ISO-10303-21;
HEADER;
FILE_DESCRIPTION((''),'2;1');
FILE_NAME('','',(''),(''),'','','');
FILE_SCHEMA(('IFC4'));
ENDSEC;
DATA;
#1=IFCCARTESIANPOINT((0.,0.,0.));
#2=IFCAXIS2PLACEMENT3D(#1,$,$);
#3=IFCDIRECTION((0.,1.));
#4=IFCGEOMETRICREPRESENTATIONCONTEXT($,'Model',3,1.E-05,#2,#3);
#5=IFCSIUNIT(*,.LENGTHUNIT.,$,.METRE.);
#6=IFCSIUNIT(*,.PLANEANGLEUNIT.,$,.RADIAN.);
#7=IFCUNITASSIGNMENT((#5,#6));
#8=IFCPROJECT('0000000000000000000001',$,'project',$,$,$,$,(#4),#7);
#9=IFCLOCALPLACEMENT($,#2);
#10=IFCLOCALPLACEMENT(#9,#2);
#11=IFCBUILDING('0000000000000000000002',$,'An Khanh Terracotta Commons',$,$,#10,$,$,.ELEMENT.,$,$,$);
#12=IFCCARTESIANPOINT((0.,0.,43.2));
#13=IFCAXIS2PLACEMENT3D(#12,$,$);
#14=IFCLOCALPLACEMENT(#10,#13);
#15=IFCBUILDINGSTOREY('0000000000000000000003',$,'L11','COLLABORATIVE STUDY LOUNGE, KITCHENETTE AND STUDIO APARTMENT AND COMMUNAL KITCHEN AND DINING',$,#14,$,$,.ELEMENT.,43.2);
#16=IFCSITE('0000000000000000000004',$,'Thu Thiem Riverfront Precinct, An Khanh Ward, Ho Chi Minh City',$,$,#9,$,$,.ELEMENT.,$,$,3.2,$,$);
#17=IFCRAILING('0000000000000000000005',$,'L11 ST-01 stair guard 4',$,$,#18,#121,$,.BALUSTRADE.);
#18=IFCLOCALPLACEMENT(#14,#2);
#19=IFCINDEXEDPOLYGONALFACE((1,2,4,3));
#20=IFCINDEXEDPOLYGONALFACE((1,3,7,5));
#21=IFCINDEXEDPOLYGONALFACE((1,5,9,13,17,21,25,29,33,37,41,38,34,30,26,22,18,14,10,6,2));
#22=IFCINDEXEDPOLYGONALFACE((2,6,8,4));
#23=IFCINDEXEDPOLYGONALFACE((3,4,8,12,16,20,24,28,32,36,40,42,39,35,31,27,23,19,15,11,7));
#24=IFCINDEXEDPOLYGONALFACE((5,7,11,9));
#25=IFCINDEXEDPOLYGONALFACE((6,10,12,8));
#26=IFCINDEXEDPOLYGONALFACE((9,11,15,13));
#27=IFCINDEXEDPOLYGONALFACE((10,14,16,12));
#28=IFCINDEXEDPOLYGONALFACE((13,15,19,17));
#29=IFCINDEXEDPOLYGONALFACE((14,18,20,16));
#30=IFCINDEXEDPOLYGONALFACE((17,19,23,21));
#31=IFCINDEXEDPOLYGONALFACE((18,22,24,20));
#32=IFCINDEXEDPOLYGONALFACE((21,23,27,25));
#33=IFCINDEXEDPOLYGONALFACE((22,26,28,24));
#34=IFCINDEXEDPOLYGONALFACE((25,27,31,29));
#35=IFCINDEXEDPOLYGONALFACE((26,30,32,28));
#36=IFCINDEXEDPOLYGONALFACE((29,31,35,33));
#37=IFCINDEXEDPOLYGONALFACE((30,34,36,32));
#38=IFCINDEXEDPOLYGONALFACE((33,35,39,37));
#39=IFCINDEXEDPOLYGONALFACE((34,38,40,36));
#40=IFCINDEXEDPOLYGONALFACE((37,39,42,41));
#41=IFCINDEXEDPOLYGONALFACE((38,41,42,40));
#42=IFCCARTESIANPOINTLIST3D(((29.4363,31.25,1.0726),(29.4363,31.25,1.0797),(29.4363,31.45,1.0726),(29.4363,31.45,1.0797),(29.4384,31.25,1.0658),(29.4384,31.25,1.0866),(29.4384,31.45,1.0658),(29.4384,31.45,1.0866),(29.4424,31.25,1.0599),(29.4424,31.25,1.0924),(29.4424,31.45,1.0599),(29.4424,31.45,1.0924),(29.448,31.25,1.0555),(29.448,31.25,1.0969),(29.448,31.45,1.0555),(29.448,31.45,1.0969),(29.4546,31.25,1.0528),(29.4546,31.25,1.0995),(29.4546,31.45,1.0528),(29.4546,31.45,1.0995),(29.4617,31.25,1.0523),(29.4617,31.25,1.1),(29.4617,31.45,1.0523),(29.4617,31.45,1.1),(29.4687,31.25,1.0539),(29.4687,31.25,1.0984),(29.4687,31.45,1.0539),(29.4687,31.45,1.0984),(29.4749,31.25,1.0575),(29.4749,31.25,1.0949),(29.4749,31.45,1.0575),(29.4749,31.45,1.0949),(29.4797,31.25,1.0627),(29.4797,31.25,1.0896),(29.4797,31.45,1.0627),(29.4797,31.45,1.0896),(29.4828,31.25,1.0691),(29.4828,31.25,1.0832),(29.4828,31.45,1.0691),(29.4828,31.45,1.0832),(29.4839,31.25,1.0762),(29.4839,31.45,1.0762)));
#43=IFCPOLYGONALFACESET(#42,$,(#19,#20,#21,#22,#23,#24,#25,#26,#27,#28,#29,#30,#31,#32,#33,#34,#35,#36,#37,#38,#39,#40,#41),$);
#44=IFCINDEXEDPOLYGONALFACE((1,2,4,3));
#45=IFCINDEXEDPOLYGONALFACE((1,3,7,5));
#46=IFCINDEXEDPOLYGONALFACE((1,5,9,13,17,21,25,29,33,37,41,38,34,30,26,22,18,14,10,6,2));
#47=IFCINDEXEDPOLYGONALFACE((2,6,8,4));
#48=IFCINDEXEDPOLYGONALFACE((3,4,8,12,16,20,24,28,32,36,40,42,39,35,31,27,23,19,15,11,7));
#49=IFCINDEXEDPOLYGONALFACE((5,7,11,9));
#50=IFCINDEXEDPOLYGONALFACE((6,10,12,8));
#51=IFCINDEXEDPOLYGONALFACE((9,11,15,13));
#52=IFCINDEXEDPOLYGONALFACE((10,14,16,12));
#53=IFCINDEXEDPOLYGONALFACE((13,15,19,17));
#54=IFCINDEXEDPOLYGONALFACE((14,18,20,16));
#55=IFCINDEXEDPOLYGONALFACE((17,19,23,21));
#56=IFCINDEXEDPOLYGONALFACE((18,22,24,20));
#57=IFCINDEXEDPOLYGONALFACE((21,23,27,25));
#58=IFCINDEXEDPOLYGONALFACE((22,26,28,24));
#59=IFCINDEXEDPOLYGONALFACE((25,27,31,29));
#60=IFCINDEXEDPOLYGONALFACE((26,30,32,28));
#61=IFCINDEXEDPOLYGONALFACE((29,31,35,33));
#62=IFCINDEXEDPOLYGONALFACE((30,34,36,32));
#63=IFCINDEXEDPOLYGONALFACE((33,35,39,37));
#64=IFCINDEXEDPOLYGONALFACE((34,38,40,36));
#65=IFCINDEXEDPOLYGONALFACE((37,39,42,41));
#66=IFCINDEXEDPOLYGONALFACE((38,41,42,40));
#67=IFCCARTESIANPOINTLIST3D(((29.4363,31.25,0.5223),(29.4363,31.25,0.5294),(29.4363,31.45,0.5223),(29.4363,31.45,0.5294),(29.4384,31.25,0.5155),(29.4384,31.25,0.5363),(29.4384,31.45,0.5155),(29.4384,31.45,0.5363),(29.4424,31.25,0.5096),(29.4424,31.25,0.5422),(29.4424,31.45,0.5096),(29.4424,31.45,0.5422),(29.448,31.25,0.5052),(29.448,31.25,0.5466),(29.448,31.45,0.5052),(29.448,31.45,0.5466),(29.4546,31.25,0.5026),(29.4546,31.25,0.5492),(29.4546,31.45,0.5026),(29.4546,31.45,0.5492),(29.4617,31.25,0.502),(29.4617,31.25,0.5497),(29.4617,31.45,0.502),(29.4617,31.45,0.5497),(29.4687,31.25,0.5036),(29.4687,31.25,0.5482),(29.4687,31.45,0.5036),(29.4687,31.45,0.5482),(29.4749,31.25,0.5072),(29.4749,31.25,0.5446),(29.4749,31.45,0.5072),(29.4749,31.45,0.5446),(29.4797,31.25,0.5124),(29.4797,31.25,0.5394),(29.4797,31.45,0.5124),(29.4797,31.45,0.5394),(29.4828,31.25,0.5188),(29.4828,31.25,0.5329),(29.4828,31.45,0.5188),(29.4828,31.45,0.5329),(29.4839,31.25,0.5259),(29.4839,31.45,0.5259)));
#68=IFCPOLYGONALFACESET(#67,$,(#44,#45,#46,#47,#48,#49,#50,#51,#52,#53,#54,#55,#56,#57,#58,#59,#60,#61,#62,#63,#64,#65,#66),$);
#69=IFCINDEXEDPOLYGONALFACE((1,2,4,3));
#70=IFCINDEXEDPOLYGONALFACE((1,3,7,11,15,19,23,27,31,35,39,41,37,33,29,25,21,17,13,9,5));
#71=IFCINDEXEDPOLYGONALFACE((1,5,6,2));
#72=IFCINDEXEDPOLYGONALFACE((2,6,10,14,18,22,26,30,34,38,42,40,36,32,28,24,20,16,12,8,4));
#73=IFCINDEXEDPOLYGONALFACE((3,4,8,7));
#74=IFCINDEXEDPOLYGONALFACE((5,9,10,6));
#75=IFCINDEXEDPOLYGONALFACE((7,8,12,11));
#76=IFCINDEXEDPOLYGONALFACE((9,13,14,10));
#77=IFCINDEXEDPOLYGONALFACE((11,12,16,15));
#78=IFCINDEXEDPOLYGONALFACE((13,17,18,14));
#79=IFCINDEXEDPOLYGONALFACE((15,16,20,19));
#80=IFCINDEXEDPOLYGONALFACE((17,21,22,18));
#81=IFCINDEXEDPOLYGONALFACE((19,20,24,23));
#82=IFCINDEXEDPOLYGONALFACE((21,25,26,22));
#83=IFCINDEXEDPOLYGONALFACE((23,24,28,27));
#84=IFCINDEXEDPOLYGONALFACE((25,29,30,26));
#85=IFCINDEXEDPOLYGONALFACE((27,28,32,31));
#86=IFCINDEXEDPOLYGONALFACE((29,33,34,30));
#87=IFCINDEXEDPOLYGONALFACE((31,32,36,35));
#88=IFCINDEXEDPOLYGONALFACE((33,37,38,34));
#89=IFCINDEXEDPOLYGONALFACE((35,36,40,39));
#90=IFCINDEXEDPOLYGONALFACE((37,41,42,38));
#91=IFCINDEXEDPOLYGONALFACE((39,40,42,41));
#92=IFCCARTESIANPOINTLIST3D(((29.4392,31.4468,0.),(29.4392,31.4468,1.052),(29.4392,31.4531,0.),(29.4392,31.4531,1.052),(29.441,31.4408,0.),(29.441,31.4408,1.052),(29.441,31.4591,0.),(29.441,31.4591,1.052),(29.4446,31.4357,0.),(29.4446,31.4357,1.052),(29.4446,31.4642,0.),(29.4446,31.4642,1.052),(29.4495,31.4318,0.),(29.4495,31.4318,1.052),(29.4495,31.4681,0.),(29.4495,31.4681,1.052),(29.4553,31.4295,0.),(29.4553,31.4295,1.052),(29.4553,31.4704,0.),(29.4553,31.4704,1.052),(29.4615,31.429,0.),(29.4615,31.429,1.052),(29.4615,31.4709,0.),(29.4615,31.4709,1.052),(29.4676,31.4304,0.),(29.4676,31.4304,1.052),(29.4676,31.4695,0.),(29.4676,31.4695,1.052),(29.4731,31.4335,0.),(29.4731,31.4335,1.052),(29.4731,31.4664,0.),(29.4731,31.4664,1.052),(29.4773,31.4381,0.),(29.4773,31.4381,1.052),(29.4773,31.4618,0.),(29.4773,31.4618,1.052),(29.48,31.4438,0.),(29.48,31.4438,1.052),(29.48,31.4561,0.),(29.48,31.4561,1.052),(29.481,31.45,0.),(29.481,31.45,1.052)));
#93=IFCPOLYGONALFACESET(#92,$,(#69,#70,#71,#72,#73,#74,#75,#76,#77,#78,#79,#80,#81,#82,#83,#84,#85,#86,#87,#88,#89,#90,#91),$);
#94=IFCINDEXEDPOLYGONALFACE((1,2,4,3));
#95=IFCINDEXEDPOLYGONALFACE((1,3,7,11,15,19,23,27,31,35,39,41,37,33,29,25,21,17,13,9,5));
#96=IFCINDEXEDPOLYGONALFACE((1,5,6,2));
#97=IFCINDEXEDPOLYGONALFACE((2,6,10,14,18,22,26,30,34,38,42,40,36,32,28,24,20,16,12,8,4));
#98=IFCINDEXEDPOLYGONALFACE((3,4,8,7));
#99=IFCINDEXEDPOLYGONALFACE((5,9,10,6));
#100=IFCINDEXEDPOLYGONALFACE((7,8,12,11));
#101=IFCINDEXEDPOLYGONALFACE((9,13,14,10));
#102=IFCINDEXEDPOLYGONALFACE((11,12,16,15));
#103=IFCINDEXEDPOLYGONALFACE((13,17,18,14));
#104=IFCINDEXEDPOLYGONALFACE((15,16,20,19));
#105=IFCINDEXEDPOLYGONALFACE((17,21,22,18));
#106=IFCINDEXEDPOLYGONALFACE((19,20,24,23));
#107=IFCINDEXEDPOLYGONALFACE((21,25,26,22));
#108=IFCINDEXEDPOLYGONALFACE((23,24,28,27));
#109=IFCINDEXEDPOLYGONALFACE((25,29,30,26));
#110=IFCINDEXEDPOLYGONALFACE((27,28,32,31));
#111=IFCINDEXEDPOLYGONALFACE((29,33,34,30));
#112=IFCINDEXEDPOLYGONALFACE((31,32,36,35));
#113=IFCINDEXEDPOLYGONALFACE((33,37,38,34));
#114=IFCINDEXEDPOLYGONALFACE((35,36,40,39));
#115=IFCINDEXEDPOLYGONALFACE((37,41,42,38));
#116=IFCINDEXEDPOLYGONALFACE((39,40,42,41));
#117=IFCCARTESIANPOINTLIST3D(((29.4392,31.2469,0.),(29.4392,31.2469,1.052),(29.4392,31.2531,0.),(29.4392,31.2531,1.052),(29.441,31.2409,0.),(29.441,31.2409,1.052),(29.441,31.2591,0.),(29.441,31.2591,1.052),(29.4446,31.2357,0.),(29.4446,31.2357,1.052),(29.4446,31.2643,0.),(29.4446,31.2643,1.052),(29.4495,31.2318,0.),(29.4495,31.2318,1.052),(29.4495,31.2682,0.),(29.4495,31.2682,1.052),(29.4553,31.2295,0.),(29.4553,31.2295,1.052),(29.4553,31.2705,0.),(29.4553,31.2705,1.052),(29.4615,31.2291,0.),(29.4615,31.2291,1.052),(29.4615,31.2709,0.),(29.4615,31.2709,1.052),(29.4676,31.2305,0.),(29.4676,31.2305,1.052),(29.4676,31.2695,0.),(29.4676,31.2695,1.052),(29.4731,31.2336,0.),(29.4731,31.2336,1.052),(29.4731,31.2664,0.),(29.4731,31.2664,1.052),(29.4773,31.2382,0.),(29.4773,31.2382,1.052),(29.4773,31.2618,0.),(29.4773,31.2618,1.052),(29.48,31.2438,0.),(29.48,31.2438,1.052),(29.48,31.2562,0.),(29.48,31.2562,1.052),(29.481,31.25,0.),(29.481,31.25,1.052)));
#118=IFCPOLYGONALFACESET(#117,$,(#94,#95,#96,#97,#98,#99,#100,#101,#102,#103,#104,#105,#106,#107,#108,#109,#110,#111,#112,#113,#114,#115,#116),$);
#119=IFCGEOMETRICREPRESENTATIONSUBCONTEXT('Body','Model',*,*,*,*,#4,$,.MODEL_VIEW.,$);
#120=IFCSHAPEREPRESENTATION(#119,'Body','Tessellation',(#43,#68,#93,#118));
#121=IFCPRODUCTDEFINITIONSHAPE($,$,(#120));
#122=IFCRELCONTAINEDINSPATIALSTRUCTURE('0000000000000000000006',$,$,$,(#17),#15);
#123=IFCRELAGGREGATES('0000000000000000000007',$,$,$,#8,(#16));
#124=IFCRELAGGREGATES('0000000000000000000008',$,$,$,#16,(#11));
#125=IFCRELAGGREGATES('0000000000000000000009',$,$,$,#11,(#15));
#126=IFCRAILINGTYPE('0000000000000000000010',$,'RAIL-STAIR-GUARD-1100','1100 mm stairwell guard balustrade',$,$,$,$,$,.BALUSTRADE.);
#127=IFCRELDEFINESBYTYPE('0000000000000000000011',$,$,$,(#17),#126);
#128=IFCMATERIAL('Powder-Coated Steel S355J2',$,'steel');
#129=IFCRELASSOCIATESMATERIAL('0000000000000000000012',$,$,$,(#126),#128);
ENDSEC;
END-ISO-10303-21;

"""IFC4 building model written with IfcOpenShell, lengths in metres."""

from ifc_helpers import new_model, si_unit, direction, frame, origin, origin_2d, place, context, subcontext, project, spatial, circle, extrude, material, type_object, element, save


model = new_model("IFC4")

# Units and contexts
model_context = context("Model", 3, precision=1e-05, world=origin(), true_north=direction((0.0, 1.0)))
body_context = subcontext(model_context, "Body", "Model", "MODEL_VIEW")
ifc_project = project(units=[si_unit("LENGTHUNIT", "METRE"), si_unit("PLANEANGLEUNIT", "RADIAN")], contexts=[model_context])

# Site, building, storey
site_placement = place(None, origin())
site = spatial("IfcSite", under=ifc_project, at=site_placement, Name="Thu Thiem Riverfront Precinct, An Khanh Ward, Ho Chi Minh City", CompositionType="ELEMENT", RefElevation=3.2)
building_placement = place(site_placement, origin())
building = spatial("IfcBuilding", under=site, at=building_placement, Name="An Khanh Terracotta Commons", CompositionType="ELEMENT")
storey_placement = place(building_placement, frame((0.0, 0.0, 43.2)))
storey = spatial("IfcBuildingStorey", under=building, at=storey_placement, Name="L11", Description="COLLABORATIVE STUDY LOUNGE, KITCHENETTE AND STUDIO APARTMENT AND COMMUNAL KITCHEN AND DINING", CompositionType="ELEMENT", Elevation=43.2)

# Railing
ifc_material_1 = material(Name="Powder-Coated Steel S355J2", Category="steel")
railing_type_1 = type_object("IfcRailingType", Name="RAIL-STAIR-GUARD-1100", Description="1100 mm stairwell guard balustrade", PredefinedType="BALUSTRADE", material=ifc_material_1)
railing_1_placement = place(storey_placement, frame((29.46, 31.45, 0.0)))
element("IfcRailing", 1, at=railing_1_placement, inside=storey, type_object=railing_type_1, Name="L11 ST-01 stair guard 4", PredefinedType="BALUSTRADE", context=body_context, shape_type="SweptSolid", body=[
    extrude(circle(Radius=0.0239, at=origin_2d()), frame((0.0, 0.0, 1.0762), z_axis=(0.0, -1.0, 0.0), x_axis=(1.0, 0.0, 0.0)), (0.0, 0.0, 1.0), 0.2),
    extrude(circle(Radius=0.0239, at=origin_2d()), frame((0.0, 0.0, 0.5259), z_axis=(0.0, -1.0, 0.0), x_axis=(1.0, 0.0, 0.0)), (0.0, 0.0, 1.0), 0.2),
    extrude(circle(Radius=0.021, at=origin_2d()), origin(), (0.0, 0.0, 1.0), 1.052),
    extrude(circle(Radius=0.021, at=origin_2d()), frame((0.0, -0.2, 0.0)), (0.0, 0.0, 1.0), 1.052),
])

save(model, "model.ifc")
